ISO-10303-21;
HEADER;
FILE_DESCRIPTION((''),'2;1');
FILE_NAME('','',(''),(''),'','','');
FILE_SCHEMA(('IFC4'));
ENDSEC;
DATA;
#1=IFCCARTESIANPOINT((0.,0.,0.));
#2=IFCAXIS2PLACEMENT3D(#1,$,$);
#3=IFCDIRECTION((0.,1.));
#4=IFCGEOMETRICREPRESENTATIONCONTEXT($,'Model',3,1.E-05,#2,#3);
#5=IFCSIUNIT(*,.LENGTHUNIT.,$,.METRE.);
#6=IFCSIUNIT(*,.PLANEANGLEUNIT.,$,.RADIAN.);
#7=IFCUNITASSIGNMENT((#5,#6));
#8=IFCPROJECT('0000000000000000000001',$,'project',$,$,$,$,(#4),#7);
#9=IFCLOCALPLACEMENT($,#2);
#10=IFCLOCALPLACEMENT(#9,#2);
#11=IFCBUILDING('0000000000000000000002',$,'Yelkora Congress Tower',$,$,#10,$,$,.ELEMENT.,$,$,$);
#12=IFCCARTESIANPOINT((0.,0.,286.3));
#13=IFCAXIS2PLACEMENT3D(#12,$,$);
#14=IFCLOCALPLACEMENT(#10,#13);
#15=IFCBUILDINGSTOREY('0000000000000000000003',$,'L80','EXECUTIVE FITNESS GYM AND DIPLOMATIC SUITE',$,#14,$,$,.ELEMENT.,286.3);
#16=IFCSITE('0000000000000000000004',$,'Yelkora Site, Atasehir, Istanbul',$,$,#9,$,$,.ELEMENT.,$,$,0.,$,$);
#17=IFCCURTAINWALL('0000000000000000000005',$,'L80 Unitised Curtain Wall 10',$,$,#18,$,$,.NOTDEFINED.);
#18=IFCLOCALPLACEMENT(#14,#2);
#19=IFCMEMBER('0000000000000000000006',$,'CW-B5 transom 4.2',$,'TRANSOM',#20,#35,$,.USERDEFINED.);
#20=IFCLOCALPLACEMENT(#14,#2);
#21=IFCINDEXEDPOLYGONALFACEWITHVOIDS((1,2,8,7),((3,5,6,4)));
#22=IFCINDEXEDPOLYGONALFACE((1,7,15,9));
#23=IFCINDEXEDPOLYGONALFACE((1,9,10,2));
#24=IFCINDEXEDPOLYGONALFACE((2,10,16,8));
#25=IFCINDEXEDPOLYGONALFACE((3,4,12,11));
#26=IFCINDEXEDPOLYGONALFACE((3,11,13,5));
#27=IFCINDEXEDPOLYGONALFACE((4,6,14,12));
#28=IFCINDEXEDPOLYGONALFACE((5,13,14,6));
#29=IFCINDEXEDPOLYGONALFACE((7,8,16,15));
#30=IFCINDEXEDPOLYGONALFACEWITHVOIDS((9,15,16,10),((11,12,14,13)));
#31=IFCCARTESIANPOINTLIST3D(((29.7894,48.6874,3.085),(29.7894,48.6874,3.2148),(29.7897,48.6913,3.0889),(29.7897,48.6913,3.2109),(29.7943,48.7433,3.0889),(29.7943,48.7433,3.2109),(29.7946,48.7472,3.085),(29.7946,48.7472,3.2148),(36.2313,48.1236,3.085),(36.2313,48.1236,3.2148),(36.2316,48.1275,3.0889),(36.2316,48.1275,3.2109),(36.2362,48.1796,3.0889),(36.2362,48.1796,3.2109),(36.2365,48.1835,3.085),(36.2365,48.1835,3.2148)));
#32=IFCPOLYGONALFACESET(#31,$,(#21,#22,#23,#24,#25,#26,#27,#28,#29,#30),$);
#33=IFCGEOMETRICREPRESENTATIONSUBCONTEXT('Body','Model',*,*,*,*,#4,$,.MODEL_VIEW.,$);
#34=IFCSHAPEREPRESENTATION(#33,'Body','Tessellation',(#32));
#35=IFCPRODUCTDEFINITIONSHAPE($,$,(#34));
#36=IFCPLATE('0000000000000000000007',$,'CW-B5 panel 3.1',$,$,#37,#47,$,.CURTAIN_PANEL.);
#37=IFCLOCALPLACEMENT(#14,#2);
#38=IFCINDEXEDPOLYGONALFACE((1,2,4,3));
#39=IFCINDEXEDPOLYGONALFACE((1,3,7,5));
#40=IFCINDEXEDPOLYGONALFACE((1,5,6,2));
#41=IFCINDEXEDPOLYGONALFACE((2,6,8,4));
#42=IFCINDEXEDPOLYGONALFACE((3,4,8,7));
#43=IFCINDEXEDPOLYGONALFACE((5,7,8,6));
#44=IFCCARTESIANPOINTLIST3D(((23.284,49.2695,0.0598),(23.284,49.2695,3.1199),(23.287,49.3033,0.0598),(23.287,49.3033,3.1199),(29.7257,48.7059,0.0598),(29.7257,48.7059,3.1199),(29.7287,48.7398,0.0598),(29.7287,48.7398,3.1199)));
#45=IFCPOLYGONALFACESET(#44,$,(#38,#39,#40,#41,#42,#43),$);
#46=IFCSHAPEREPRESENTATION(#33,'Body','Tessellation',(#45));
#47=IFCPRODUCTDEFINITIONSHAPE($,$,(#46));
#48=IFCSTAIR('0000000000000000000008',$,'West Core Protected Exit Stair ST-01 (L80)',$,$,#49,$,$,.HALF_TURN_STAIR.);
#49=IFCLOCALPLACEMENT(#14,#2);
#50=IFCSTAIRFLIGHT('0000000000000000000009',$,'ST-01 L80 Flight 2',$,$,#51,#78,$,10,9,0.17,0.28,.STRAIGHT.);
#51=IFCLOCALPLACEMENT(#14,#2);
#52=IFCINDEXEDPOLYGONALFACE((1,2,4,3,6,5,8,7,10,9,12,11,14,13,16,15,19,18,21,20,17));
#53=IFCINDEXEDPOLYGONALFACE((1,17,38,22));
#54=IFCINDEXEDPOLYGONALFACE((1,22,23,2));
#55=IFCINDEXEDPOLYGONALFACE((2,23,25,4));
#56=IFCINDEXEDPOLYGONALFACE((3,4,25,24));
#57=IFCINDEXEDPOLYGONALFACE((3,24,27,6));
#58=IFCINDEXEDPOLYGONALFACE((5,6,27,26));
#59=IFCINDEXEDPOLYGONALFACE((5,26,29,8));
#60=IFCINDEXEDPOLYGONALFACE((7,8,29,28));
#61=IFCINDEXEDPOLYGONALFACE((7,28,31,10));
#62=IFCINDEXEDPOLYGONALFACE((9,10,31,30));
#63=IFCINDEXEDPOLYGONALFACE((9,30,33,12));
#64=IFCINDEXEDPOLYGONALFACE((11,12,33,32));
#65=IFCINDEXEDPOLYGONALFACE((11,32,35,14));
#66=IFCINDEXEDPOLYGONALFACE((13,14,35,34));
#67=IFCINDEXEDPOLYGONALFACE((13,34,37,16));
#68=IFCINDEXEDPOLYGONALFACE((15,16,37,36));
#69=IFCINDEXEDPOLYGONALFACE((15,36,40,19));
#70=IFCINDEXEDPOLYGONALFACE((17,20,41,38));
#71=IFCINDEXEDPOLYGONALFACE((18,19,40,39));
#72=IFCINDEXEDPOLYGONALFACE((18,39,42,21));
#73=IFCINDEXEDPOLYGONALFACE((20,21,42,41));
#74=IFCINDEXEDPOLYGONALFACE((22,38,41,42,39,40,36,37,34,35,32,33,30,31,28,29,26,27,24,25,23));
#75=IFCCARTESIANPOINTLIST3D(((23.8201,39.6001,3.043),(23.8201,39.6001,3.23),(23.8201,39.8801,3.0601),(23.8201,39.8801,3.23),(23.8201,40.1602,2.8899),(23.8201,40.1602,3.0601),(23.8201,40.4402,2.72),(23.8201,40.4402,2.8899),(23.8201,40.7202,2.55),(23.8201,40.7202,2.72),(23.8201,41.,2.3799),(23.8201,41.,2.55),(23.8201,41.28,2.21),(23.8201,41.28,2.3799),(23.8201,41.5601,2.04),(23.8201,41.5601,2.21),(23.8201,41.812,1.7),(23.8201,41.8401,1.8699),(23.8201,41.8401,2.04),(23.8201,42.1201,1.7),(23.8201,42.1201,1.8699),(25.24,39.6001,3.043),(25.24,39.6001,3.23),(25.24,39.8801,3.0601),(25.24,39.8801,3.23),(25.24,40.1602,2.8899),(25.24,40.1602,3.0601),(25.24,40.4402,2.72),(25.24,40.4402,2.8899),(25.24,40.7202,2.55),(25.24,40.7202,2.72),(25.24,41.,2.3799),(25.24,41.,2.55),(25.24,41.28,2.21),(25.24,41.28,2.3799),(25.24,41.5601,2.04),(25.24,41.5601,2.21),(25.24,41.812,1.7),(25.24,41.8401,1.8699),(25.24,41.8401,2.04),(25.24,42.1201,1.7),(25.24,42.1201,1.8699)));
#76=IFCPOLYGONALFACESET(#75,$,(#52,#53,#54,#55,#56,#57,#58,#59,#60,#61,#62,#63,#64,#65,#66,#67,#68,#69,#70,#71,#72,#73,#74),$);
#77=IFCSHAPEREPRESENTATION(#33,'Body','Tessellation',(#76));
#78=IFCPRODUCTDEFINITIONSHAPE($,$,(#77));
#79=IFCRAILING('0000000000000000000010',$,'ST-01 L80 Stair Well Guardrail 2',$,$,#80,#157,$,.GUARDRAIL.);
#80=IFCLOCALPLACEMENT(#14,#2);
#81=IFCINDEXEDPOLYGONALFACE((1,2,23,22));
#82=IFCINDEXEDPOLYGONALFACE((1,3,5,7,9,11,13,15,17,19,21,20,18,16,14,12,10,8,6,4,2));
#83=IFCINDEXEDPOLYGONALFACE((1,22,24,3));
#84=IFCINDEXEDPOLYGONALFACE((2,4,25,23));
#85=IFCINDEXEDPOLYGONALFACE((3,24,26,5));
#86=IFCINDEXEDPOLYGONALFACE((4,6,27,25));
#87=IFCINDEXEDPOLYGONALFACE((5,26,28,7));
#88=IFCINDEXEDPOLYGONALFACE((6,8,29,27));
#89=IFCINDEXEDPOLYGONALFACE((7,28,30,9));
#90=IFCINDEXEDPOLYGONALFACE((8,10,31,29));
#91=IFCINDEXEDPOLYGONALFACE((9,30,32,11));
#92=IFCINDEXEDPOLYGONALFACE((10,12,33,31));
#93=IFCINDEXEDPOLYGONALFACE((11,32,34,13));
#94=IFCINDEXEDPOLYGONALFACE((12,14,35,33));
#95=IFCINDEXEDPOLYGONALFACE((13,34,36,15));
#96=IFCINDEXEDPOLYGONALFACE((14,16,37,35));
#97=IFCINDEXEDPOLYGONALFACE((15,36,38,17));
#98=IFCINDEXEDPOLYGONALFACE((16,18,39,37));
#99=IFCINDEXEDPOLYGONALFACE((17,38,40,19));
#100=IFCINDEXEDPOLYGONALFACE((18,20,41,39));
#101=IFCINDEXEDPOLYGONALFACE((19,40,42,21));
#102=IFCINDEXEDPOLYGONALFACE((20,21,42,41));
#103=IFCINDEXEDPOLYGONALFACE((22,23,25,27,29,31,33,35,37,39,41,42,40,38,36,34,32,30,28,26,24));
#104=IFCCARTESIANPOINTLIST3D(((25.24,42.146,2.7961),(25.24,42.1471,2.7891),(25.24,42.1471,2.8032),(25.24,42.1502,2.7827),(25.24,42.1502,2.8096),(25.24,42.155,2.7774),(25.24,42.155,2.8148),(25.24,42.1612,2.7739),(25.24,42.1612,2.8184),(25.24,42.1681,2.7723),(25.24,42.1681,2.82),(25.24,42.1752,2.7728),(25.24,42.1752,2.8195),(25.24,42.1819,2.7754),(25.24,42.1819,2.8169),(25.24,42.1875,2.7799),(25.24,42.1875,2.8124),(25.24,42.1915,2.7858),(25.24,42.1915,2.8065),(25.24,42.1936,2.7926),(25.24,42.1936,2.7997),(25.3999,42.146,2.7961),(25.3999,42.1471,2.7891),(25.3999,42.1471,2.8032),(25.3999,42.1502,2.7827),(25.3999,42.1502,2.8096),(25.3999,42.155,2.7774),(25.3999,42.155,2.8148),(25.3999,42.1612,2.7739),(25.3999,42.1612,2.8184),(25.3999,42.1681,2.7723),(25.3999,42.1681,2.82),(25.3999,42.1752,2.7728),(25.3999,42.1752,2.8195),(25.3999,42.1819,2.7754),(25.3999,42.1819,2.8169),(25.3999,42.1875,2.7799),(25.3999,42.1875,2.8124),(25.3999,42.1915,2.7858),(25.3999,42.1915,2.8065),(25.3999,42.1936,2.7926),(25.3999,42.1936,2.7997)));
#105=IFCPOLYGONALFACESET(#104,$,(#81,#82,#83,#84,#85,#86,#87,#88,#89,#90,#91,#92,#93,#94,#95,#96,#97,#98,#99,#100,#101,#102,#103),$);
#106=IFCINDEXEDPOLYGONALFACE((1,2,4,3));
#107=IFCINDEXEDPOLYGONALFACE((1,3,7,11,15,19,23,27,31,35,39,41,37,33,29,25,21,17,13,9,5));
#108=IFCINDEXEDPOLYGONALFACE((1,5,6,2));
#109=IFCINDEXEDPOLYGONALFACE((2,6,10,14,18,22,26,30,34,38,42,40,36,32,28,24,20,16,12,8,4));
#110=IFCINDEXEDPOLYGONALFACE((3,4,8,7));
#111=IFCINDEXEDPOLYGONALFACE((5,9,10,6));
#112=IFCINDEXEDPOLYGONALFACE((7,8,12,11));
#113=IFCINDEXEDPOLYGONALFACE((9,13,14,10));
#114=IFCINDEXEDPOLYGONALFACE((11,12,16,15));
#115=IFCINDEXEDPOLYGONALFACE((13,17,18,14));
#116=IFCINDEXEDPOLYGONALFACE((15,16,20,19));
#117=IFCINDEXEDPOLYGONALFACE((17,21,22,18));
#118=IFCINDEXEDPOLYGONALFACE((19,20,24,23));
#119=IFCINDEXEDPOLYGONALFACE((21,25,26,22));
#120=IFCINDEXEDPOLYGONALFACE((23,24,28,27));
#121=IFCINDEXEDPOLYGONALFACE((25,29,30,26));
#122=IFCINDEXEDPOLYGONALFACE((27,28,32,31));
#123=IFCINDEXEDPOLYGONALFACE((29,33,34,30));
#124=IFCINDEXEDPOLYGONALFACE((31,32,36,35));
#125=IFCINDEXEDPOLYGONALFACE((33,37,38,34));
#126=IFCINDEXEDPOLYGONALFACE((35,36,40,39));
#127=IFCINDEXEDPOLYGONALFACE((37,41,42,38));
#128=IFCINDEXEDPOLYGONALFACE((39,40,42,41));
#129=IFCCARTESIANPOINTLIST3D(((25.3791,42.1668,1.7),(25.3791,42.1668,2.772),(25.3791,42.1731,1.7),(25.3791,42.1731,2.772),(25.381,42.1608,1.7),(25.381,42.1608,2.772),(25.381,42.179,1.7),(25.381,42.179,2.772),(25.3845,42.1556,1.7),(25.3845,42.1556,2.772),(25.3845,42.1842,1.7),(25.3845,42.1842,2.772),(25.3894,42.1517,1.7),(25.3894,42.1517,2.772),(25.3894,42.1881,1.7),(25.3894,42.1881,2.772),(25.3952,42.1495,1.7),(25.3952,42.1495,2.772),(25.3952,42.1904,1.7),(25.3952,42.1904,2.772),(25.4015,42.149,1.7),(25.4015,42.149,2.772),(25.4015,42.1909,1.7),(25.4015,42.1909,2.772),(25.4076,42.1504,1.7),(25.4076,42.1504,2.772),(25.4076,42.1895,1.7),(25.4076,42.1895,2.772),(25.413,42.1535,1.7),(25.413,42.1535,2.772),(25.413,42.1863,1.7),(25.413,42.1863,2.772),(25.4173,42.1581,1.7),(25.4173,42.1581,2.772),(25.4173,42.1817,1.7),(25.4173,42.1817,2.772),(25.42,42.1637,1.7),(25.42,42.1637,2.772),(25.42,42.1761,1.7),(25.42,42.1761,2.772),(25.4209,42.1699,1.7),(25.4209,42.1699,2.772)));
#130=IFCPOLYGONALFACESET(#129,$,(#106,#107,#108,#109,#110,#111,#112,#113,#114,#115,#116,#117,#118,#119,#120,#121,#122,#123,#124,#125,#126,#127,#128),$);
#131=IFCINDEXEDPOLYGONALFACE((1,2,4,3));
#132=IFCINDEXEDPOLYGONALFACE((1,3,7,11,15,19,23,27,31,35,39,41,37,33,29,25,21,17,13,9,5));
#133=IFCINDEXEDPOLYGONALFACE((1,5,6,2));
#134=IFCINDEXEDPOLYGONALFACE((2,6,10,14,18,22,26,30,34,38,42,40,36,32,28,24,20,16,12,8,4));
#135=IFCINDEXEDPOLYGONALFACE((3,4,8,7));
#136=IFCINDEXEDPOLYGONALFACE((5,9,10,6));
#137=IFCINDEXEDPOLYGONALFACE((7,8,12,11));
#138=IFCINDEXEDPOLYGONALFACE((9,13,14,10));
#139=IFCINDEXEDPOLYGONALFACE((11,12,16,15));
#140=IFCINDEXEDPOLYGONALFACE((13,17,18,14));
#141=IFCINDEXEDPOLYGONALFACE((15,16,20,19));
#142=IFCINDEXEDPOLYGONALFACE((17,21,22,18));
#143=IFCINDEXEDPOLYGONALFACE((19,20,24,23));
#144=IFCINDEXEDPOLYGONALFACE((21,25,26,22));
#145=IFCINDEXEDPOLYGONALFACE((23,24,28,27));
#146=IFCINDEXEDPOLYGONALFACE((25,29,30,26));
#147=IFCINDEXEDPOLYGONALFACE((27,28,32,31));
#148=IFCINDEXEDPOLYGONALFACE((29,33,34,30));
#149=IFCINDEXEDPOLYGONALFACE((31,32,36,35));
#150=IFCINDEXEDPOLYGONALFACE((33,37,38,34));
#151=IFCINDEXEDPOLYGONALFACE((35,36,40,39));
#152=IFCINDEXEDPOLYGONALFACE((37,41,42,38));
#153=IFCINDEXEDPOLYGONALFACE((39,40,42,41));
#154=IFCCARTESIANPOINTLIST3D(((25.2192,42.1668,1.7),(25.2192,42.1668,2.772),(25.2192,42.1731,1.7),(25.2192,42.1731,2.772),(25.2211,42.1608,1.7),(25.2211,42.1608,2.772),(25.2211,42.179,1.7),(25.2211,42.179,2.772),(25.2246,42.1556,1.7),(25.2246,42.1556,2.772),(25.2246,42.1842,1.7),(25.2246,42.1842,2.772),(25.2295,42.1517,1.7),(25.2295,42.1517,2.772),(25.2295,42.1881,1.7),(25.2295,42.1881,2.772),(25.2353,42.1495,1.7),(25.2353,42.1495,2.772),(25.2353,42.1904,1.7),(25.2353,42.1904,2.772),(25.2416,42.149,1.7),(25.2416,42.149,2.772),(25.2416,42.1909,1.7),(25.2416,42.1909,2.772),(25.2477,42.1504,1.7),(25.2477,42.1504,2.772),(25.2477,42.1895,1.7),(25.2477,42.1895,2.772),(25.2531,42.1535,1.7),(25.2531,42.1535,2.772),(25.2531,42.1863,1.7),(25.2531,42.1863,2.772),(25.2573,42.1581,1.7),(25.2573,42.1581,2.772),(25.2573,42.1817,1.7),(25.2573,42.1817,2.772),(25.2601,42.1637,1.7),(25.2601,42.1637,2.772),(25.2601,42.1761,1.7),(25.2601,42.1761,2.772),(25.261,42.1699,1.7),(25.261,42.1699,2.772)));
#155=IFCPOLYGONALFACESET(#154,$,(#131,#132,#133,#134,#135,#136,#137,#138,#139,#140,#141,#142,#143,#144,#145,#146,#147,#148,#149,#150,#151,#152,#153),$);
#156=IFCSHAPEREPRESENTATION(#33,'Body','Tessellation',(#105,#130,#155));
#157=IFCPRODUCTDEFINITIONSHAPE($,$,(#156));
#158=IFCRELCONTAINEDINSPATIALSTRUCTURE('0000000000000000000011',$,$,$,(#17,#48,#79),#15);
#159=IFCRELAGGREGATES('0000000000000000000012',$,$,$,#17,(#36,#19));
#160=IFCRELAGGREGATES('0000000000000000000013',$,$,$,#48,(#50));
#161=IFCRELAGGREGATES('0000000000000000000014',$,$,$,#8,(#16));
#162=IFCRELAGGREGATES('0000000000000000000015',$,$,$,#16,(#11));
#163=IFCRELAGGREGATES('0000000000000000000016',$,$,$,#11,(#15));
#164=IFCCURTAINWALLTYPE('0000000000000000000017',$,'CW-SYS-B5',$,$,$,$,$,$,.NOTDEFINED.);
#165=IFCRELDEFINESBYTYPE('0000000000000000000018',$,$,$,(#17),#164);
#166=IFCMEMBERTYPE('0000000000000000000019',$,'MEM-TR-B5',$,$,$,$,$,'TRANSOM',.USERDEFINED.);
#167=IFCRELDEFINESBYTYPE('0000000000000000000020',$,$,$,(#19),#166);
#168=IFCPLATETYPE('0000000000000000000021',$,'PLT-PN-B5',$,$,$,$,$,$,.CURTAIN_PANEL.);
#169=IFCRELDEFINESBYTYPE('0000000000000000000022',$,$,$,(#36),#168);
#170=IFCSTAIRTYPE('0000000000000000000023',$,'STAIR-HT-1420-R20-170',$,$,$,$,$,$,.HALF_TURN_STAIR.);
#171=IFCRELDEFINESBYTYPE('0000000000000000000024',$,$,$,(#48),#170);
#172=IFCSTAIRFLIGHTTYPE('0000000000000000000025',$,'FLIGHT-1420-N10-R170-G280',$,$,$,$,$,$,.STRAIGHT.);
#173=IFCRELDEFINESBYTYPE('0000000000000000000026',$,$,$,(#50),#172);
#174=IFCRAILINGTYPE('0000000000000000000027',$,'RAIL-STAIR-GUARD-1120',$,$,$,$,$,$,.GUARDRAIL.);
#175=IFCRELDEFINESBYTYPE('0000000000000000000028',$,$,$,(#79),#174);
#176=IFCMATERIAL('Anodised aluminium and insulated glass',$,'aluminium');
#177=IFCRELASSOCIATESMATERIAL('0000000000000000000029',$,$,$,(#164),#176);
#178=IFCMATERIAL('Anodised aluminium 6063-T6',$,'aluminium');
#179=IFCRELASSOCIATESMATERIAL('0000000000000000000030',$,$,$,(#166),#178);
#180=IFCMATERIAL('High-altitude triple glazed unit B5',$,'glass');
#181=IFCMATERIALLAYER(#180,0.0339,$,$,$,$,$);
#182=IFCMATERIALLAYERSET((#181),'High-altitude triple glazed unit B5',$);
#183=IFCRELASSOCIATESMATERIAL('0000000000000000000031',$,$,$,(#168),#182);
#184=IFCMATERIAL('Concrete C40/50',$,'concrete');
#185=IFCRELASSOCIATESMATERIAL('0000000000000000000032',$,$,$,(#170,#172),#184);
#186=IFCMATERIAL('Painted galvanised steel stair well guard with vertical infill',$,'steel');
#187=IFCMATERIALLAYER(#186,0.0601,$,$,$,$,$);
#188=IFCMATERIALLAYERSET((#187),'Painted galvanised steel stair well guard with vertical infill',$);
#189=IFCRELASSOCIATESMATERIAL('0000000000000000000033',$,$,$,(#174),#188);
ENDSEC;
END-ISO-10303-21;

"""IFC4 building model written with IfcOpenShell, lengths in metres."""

from ifc_helpers import new_model, si_unit, direction, frame, origin, origin_2d, place, context, subcontext, project, spatial, polyline, rectangle, hollow_rectangle, circle, outline, extrude, material, layer, layer_set, material_profile, profile_set, type_object, element, aggregate, save


model = new_model("IFC4")

# Units and contexts
model_context = context("Model", 3, precision=1e-05, world=origin(), true_north=direction((0.0, 1.0)))
body_context = subcontext(model_context, "Body", "Model", "MODEL_VIEW")
ifc_project = project(units=[si_unit("LENGTHUNIT", "METRE"), si_unit("PLANEANGLEUNIT", "RADIAN")], contexts=[model_context])

# Site, building, storey
site_placement = place(None, origin())
site = spatial("IfcSite", under=ifc_project, at=site_placement, Name="Yelkora Site, Atasehir, Istanbul", CompositionType="ELEMENT", RefElevation=0.0)
building_placement = place(site_placement, origin())
building = spatial("IfcBuilding", under=site, at=building_placement, Name="Yelkora Congress Tower", CompositionType="ELEMENT")
storey_placement = place(building_placement, frame((0.0, 0.0, 286.3)))
storey = spatial("IfcBuildingStorey", under=building, at=storey_placement, Name="L80", Description="EXECUTIVE FITNESS GYM AND DIPLOMATIC SUITE", CompositionType="ELEMENT", Elevation=286.3)

# Curtain wall, member, plate
ifc_material_1 = material(Name="Anodised aluminium and insulated glass", Category="aluminium")
curtain_wall_type = type_object("IfcCurtainWallType", Name="CW-SYS-B5", PredefinedType="NOTDEFINED", material=ifc_material_1)
curtain_wall_placement = place(storey_placement, origin())
curtain_wall = element("IfcCurtainWall", 1, at=curtain_wall_placement, inside=storey, type_object=curtain_wall_type, Name="L80 Unitised Curtain Wall 10", PredefinedType="NOTDEFINED")
ifc_material_2 = material(Name="Anodised aluminium 6063-T6", Category="aluminium")
ifc_material_profile_1 = material_profile(ifc_material_2, hollow_rectangle(XDim=0.0601, YDim=0.1299, WallThickness=0.0039, at=origin_2d()), Name="ALU 60x130x4")
ifc_profile_set_1 = profile_set([ifc_material_profile_1], Name="Anodised aluminium 6063-T6")
member_type_1 = type_object("IfcMemberType", Name="MEM-TR-B5", ElementType="TRANSOM", PredefinedType="USERDEFINED", material=ifc_profile_set_1)
member_1_placement = place(storey_placement, frame((29.792, 48.7173, 3.1499), z_axis=(0.996193, -0.087175, 0.0), x_axis=(0.087175, 0.996193, 0.0)))
member_1 = element("IfcMember", 2, at=member_1_placement, type_object=member_type_1, Name="CW-B5 transom 4.2", ObjectType="TRANSOM", PredefinedType="USERDEFINED", context=body_context, shape_type="SweptSolid", body=[
    extrude(hollow_rectangle(XDim=0.0601, YDim=0.1299, WallThickness=0.0039, at=origin_2d()), origin(), (0.0, 0.0, 1.0), 6.4666),
])
ifc_material_3 = material(Name="High-altitude triple glazed unit B5", Category="glass")
ifc_layer_1 = layer(ifc_material_3, 0.0339)
ifc_layer_set_1 = layer_set([ifc_layer_1], Name="High-altitude triple glazed unit B5")
plate_type = type_object("IfcPlateType", Name="PLT-PN-B5", PredefinedType="CURTAIN_PANEL", material=ifc_layer_set_1)
plate_placement = place(storey_placement, frame((26.5063, 49.0046, 0.0598), z_axis=(0.0, 0.0, 1.0), x_axis=(0.996195, -0.087157, 0.0)))
plate = element("IfcPlate", 3, at=plate_placement, type_object=plate_type, Name="CW-B5 panel 3.1", PredefinedType="CURTAIN_PANEL", context=body_context, shape_type="SweptSolid", body=[
    extrude(rectangle(XDim=6.4663, YDim=0.0339, at=origin_2d()), origin(), (0.0, 0.0, 1.0), 3.0601),
])
aggregate(curtain_wall, [plate, member_1])

# Stair, stair flight
ifc_material_4 = material(Name="Concrete C40/50", Category="concrete")
stair_type = type_object("IfcStairType", Name="STAIR-HT-1420-R20-170", PredefinedType="HALF_TURN_STAIR", material=ifc_material_4)
stair_placement = place(storey_placement, origin())
stair = element("IfcStair", 4, at=stair_placement, inside=storey, type_object=stair_type, Name="West Core Protected Exit Stair ST-01 (L80)", PredefinedType="HALF_TURN_STAIR")
stair_flight_type = type_object("IfcStairFlightType", Name="FLIGHT-1420-N10-R170-G280", PredefinedType="STRAIGHT", material=ifc_material_4)
stair_flight_placement = place(storey_placement, frame((24.53, 42.1201, 1.7), z_axis=(0.0, 0.0, 1.0), x_axis=(0.0, -1.0, 0.0)))
stair_flight = element("IfcStairFlight", 5, at=stair_flight_placement, type_object=stair_flight_type, Name="ST-01 L80 Flight 2", NumberOfRisers=10, NumberOfTreads=9, PredefinedType="STRAIGHT", RiserHeight=0.17, TreadLength=0.28, context=body_context, shape_type="SweptSolid", body=[
    extrude(outline(polyline([(0.0, 0.0), (0.0, 0.1699), (0.28, 0.1699), (0.28, 0.3401), (0.5601, 0.3401), (0.5601, 0.51), (0.8401, 0.51), (0.8401, 0.6799), (1.1201, 0.6799), (1.1201, 0.8501), (1.3999, 0.8501), (1.3999, 1.02), (1.6799, 1.02), (1.6799, 1.1899), (1.96, 1.1899), (1.96, 1.3601), (2.24, 1.3601), (2.24, 1.53), (2.52, 1.53), (2.52, 1.7), (2.52, 1.343), (0.3081, 0.0), (0.0, 0.0)])), frame((0.0, 0.71, 0.0), z_axis=(0.0, -1.0, 0.0), x_axis=(1.0, 0.0, 0.0)), (0.0, 0.0, 1.0), 1.4199),
])
aggregate(stair, [stair_flight])

# Railing
ifc_material_5 = material(Name="Painted galvanised steel stair well guard with vertical infill", Category="steel")
ifc_layer_2 = layer(ifc_material_5, 0.0601)
ifc_layer_set_2 = layer_set([ifc_layer_2], Name="Painted galvanised steel stair well guard with vertical infill")
railing_type = type_object("IfcRailingType", Name="RAIL-STAIR-GUARD-1120", PredefinedType="GUARDRAIL", material=ifc_layer_set_2)
railing_1_placement = place(storey_placement, frame((25.3999, 42.1699, 1.7)))
element("IfcRailing", 6, at=railing_1_placement, inside=storey, type_object=railing_type, Name="ST-01 L80 Stair Well Guardrail 2", PredefinedType="GUARDRAIL", context=body_context, shape_type="SweptSolid", body=[
    extrude(circle(Radius=0.0239, at=origin_2d()), frame((0.0, 0.0, 1.0962), z_axis=(-1.0, 0.0, 0.0), x_axis=(0.0, -1.0, 0.0)), (0.0, 0.0, 1.0), 0.1599),
    extrude(circle(Radius=0.021, at=origin_2d()), origin(), (0.0, 0.0, 1.0), 1.072),
    extrude(circle(Radius=0.021, at=origin_2d()), frame((-0.1599, 0.0, 0.0)), (0.0, 0.0, 1.0), 1.072),
])

save(model, "model.ifc")
